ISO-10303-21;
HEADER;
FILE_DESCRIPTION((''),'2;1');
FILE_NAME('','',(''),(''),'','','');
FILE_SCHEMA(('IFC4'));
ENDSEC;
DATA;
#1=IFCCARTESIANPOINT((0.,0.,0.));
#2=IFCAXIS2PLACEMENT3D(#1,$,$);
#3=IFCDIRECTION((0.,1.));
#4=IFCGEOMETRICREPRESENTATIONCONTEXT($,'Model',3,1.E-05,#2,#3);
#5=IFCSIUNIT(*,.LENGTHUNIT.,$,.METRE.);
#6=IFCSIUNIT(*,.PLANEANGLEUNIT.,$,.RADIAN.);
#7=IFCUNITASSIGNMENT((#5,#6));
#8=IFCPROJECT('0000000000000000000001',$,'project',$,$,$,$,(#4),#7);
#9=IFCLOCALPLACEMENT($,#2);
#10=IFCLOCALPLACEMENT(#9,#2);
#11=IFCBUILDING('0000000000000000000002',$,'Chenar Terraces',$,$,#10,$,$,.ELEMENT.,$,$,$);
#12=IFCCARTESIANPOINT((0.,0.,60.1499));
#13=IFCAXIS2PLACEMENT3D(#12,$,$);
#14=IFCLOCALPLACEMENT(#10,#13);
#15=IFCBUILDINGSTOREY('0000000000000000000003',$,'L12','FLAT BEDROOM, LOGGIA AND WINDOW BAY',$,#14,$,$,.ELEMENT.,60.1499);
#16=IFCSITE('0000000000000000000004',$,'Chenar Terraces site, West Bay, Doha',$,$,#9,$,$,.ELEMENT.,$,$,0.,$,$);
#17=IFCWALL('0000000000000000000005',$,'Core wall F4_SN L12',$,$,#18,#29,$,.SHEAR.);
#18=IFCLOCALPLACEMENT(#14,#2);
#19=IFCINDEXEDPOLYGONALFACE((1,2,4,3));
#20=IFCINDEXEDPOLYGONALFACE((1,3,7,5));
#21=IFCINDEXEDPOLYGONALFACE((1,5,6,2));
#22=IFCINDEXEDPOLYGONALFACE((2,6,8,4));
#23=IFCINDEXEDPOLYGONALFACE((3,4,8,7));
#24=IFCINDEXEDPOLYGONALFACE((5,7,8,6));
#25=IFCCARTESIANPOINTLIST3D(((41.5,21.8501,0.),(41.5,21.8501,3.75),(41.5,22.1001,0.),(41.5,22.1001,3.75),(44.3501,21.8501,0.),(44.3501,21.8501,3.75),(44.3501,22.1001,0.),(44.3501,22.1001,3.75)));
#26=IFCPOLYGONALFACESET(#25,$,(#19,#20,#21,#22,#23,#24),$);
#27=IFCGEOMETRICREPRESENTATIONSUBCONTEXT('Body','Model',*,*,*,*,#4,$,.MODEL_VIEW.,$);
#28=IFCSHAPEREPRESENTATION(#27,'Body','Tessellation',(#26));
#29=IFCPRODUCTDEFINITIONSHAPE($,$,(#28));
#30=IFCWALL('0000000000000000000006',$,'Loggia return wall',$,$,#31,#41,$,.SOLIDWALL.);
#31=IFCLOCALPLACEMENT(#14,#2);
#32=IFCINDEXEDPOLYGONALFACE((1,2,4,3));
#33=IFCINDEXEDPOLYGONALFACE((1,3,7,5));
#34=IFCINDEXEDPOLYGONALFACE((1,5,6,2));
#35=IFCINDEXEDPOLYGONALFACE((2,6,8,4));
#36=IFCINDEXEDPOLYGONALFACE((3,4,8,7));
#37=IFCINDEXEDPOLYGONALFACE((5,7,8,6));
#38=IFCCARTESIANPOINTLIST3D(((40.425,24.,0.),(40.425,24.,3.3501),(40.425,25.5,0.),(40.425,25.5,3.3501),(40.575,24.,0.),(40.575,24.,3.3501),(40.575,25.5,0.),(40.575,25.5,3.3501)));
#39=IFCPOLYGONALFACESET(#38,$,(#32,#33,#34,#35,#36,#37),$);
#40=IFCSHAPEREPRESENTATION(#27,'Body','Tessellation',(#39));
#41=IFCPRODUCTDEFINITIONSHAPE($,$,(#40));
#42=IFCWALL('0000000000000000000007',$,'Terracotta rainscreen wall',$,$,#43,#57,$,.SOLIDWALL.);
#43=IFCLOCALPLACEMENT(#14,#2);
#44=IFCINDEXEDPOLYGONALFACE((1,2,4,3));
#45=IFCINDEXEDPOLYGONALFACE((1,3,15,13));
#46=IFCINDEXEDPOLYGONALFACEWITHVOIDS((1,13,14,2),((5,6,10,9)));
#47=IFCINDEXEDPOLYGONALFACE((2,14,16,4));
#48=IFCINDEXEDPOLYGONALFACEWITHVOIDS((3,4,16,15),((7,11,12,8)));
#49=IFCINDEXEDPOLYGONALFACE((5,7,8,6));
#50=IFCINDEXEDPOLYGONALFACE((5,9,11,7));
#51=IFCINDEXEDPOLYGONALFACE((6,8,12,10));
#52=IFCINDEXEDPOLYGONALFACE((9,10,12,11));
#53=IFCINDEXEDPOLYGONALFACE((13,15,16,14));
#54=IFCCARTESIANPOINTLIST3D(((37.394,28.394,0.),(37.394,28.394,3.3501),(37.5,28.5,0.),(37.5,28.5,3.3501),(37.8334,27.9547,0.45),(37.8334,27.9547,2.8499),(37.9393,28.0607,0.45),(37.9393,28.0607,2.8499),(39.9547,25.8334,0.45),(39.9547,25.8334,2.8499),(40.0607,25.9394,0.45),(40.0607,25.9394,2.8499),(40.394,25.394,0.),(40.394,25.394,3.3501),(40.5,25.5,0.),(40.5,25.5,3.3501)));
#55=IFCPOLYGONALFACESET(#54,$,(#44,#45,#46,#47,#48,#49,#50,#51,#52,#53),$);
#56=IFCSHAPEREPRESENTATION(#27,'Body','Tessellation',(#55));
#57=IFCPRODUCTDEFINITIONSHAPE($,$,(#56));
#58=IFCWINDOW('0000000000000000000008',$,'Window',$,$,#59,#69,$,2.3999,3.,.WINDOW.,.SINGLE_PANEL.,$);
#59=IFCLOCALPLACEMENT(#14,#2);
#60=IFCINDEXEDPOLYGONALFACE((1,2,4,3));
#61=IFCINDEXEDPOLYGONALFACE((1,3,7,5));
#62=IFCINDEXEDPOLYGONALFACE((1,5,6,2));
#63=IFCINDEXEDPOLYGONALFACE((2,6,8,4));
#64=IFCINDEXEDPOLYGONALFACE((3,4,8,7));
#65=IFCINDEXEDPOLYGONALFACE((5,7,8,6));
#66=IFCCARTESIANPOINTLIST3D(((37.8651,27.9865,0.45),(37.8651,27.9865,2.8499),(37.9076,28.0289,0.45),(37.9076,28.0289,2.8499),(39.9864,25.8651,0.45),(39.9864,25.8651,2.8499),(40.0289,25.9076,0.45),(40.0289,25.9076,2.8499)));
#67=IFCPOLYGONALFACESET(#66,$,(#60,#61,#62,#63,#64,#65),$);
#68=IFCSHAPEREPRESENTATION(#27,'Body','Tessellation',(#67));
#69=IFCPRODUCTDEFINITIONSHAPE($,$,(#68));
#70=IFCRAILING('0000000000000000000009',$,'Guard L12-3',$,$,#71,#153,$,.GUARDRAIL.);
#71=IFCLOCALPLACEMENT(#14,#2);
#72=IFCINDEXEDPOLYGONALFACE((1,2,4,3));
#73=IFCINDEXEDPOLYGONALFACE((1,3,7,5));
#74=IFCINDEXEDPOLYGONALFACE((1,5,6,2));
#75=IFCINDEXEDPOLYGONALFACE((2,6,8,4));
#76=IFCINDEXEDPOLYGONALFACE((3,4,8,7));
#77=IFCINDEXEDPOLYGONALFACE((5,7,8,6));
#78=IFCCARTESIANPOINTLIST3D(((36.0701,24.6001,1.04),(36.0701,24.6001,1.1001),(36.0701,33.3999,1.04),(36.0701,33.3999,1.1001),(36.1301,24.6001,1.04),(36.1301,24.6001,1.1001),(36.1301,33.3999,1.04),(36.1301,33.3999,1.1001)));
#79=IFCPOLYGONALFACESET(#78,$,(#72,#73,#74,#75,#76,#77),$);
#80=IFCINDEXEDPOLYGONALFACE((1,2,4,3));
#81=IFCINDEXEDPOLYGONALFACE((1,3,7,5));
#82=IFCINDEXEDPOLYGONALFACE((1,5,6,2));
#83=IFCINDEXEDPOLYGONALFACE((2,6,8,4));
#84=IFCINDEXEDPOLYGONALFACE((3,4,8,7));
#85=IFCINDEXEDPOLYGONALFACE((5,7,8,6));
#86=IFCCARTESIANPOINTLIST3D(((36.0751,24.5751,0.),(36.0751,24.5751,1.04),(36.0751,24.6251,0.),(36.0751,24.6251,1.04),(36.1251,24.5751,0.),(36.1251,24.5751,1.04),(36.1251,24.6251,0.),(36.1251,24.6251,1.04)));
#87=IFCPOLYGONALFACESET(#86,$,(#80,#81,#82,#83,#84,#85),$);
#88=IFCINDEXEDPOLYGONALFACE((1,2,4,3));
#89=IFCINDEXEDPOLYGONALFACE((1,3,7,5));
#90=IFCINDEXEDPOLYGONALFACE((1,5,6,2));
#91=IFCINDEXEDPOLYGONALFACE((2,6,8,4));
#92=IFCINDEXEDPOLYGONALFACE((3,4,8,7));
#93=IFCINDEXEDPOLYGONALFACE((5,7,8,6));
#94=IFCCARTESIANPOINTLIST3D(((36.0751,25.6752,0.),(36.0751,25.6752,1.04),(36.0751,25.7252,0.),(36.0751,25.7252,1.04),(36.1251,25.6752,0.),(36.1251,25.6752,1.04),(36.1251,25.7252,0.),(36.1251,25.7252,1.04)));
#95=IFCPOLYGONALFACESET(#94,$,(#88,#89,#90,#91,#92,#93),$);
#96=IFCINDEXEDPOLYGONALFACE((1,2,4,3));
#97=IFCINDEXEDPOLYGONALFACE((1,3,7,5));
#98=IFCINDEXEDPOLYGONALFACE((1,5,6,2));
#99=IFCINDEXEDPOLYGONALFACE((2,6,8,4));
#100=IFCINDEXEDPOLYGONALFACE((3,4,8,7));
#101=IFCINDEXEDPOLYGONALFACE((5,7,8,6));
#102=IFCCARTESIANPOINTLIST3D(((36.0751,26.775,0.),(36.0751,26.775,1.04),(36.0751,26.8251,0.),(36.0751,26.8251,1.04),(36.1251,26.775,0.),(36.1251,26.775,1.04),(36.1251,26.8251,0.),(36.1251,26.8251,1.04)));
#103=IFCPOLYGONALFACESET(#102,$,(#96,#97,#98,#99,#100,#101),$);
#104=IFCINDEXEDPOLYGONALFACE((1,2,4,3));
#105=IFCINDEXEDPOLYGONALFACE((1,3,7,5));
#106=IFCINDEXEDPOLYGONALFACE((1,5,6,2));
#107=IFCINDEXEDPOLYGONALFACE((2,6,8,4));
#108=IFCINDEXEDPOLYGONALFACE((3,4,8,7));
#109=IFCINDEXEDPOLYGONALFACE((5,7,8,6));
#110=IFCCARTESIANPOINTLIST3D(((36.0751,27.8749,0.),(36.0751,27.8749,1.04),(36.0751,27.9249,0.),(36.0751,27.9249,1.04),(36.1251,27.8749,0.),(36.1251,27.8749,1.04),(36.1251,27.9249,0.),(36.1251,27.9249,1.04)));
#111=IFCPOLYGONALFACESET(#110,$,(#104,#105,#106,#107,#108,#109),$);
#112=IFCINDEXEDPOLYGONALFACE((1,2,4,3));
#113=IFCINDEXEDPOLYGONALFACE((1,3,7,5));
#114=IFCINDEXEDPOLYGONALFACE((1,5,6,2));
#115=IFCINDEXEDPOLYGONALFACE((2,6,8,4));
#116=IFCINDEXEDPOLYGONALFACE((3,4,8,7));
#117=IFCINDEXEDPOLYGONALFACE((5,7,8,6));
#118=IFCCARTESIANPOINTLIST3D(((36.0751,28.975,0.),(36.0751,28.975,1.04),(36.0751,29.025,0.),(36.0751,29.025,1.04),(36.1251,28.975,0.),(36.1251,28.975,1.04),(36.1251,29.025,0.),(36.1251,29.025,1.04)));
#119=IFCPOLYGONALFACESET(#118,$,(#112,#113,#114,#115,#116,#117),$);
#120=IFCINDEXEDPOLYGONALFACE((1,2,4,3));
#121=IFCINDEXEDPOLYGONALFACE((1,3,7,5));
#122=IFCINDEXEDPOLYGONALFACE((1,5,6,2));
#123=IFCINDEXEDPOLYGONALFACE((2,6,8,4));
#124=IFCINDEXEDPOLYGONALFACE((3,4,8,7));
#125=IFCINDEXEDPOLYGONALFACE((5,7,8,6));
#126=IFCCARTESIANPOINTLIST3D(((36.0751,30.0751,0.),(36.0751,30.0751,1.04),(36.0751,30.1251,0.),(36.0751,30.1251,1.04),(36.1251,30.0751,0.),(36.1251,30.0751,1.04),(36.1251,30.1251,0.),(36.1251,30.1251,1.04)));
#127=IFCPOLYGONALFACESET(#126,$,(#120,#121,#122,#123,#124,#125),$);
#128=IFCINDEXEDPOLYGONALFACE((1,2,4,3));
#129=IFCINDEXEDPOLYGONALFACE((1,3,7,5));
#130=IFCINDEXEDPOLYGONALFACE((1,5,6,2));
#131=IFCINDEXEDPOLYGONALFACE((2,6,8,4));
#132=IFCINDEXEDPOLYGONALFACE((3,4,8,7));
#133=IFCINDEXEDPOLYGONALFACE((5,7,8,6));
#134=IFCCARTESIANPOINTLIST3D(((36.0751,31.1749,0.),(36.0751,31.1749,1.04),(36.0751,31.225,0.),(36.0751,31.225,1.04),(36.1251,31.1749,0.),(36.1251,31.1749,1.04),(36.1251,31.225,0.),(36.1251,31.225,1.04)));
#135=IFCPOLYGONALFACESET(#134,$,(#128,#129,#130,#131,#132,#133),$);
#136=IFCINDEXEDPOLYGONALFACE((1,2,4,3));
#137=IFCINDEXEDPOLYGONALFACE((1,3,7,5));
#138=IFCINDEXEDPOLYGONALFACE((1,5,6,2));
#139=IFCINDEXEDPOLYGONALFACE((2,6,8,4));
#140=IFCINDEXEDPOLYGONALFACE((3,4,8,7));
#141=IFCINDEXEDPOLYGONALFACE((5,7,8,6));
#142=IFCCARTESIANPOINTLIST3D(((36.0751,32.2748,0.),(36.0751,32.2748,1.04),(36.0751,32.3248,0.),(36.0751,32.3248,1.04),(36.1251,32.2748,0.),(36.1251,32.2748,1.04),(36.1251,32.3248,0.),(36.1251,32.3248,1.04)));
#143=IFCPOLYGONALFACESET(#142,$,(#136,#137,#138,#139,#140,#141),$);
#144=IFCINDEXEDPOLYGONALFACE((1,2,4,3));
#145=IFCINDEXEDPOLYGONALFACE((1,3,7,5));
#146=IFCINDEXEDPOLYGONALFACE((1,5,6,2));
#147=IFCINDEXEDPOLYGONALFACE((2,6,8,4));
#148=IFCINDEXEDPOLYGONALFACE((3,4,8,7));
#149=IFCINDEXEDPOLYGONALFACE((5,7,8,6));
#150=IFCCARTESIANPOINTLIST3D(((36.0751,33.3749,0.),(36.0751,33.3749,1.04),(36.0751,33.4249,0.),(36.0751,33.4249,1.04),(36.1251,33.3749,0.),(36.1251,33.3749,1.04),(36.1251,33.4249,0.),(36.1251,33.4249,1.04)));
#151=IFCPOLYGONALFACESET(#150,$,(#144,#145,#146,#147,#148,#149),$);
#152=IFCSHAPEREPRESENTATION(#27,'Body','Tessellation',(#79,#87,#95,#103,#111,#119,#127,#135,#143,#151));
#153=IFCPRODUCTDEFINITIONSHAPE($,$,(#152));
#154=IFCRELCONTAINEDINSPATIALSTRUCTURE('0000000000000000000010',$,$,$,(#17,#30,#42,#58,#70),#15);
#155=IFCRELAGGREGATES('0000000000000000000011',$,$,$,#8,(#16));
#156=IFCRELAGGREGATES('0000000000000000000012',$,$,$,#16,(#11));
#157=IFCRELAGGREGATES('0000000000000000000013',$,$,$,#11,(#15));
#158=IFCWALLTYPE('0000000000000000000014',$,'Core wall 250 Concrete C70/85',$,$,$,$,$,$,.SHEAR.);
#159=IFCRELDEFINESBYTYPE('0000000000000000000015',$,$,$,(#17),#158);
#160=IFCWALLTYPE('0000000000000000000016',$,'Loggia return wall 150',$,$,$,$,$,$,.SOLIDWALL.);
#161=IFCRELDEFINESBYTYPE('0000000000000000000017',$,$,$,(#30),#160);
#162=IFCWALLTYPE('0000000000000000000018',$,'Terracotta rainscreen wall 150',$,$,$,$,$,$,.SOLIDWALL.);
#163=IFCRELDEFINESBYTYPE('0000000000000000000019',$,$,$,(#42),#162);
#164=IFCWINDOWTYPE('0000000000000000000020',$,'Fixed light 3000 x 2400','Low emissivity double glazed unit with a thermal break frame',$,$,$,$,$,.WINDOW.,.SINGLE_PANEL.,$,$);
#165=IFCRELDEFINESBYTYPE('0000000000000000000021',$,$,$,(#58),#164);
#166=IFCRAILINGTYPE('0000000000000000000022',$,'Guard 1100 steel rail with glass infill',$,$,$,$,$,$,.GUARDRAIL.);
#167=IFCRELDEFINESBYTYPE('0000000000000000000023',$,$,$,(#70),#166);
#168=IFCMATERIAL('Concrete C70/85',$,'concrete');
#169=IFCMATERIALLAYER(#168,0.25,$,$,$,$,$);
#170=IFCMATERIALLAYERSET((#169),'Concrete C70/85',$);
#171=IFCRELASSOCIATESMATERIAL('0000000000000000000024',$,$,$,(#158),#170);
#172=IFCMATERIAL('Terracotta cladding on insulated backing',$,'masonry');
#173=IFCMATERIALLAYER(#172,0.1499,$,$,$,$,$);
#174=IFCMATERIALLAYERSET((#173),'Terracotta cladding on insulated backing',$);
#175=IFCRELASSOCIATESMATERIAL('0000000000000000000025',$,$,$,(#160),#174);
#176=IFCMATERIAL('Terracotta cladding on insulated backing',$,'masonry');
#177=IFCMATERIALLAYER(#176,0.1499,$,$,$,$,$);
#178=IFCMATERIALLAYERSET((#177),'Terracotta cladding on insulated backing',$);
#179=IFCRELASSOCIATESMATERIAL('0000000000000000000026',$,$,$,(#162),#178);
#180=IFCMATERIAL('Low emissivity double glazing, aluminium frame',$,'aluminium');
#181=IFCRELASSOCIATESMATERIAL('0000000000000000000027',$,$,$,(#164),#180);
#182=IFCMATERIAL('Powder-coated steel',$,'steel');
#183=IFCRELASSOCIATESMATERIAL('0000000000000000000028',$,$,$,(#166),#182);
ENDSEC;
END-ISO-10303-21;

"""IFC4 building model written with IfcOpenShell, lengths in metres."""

from ifc_helpers import new_model, si_unit, direction, frame, frame_2d, origin, origin_2d, place, context, subcontext, project, spatial, rectangle, extrude, material, layer, layer_set, type_object, element, fill, save


model = new_model("IFC4")

# Units and contexts
model_context = context("Model", 3, precision=1e-05, world=origin(), true_north=direction((0.0, 1.0)))
body_context = subcontext(model_context, "Body", "Model", "MODEL_VIEW")
ifc_project = project(units=[si_unit("LENGTHUNIT", "METRE"), si_unit("PLANEANGLEUNIT", "RADIAN")], contexts=[model_context])

# Site, building, storey
site_placement = place(None, origin())
site = spatial("IfcSite", under=ifc_project, at=site_placement, Name="Chenar Terraces site, West Bay, Doha", CompositionType="ELEMENT", RefElevation=0.0)
building_placement = place(site_placement, origin())
building = spatial("IfcBuilding", under=site, at=building_placement, Name="Chenar Terraces", CompositionType="ELEMENT")
storey_placement = place(building_placement, frame((0.0, 0.0, 60.1499)))
storey = spatial("IfcBuildingStorey", under=building, at=storey_placement, Name="L12", Description="FLAT BEDROOM, LOGGIA AND WINDOW BAY", CompositionType="ELEMENT", Elevation=60.1499)

# Walls
ifc_material_1 = material(Name="Concrete C70/85", Category="concrete")
ifc_layer_1 = layer(ifc_material_1, 0.25)
ifc_layer_set_1 = layer_set([ifc_layer_1], Name="Concrete C70/85")
wall_type_1 = type_object("IfcWallType", Name="Core wall 250 Concrete C70/85", PredefinedType="SHEAR", material=ifc_layer_set_1)
for number, where, z_axis, x_axis, name in (
    (1, (41.5, 21.9751, 0.0), (0.0, 0.0, 1.0), (1.0, 0.0, 0.0), "Core wall F4_SN L12"),
):
    element("IfcWall", number, at=place(storey_placement, frame(where, z_axis=z_axis, x_axis=x_axis)), inside=storey, type_object=wall_type_1, Name=name, PredefinedType="SHEAR", context=body_context, shape_type="SweptSolid", body=[
        extrude(rectangle(XDim=2.8501, YDim=0.25, at=frame_2d((1.425, 0.0))), origin(), (0.0, 0.0, 1.0), 3.75),
    ])
ifc_material_2 = material(Name="Terracotta cladding on insulated backing", Category="masonry")
ifc_layer_2 = layer(ifc_material_2, 0.1499)
ifc_layer_set_2 = layer_set([ifc_layer_2], Name="Terracotta cladding on insulated backing")
wall_type_2 = type_object("IfcWallType", Name="Loggia return wall 150", PredefinedType="SOLIDWALL", material=ifc_layer_set_2)
wall_1_placement = place(storey_placement, frame((40.5, 25.5, 0.0), z_axis=(0.0, 0.0, 1.0), x_axis=(0.0, -1.0, 0.0)))
element("IfcWall", 2, at=wall_1_placement, inside=storey, type_object=wall_type_2, Name="Loggia return wall", PredefinedType="SOLIDWALL", context=body_context, shape_type="SweptSolid", body=[
    extrude(rectangle(XDim=1.5, YDim=0.1499, at=frame_2d((0.75, 0.0))), origin(), (0.0, 0.0, 1.0), 3.3501),
])

# Wall, opening, window
ifc_material_3 = material(Name="Terracotta cladding on insulated backing", Category="masonry")
ifc_layer_3 = layer(ifc_material_3, 0.1499)
ifc_layer_set_3 = layer_set([ifc_layer_3], Name="Terracotta cladding on insulated backing")
wall_type_3 = type_object("IfcWallType", Name="Terracotta rainscreen wall 150", PredefinedType="SOLIDWALL", material=ifc_layer_set_3)
wall_2_placement = place(storey_placement, frame((40.447, 25.447, 0.0), z_axis=(0.0, 0.0, 1.0), x_axis=(-0.707107, 0.707107, 0.0)))
wall_2 = element("IfcWall", 3, at=wall_2_placement, inside=storey, type_object=wall_type_3, Name="Terracotta rainscreen wall", PredefinedType="SOLIDWALL", context=body_context, shape_type="SweptSolid", body=[
    extrude(rectangle(XDim=4.2427, YDim=0.1499, at=frame_2d((2.1213, 0.0))), origin(), (0.0, 0.0, 1.0), 3.3501),
])
opening_placement = place(wall_2_placement, frame((0.6213, 0.0, 0.45)))
opening = element("IfcOpeningElement", 4, at=opening_placement, cuts=wall_2, PredefinedType="OPENING", context=body_context, shape_type="SweptSolid", body=[
    extrude(rectangle(XDim=3.0, YDim=2.3999, at=frame_2d((1.5, 1.2))), frame((0.0, 0.085, 0.0), z_axis=(0.0, -1.0, 0.0), x_axis=(1.0, 0.0, 0.0)), (0.0, 0.0, 1.0), 0.1699),
])
ifc_material_4 = material(Name="Low emissivity double glazing, aluminium frame", Category="aluminium")
window_type = type_object("IfcWindowType", Name="Fixed light 3000 x 2400", Description="Low emissivity double glazed unit with a thermal break frame", PartitioningType="SINGLE_PANEL", PredefinedType="WINDOW", material=ifc_material_4)
window_placement = place(opening_placement, origin())
window = element("IfcWindow", 5, at=window_placement, inside=storey, type_object=window_type, Name="Window", OverallHeight=2.3999, OverallWidth=3.0, PartitioningType="SINGLE_PANEL", PredefinedType="WINDOW", context=body_context, shape_type="SweptSolid", body=[
    extrude(rectangle(XDim=3.0, YDim=2.3999, at=frame_2d((1.5, 1.2))), frame((0.0, 0.03, 0.0), z_axis=(0.0, -1.0, 0.0), x_axis=(1.0, 0.0, 0.0)), (0.0, 0.0, 1.0), 0.0601),
])
fill(opening, window)

# Railing
ifc_material_5 = material(Name="Powder-coated steel", Category="steel")
railing_type = type_object("IfcRailingType", Name="Guard 1100 steel rail with glass infill", PredefinedType="GUARDRAIL", material=ifc_material_5)
railing_placement = place(storey_placement, frame((36.1001, 24.6001, 0.0)))
element("IfcRailing", 6, at=railing_placement, inside=storey, type_object=railing_type, Name="Guard L12-3", PredefinedType="GUARDRAIL", context=body_context, shape_type="SweptSolid", body=[
    extrude(rectangle(XDim=0.0601, YDim=0.0601, at=origin_2d()), frame((0.0, 0.0, 1.0701), z_axis=(0.0, 1.0, 0.0), x_axis=(-1.0, 0.0, 0.0)), (0.0, 0.0, 1.0), 8.7998),
    extrude(rectangle(XDim=0.05, YDim=0.05, at=origin_2d()), origin(), (0.0, 0.0, 1.0), 1.04),
    extrude(rectangle(XDim=0.05, YDim=0.05, at=origin_2d()), frame((0.0, 1.1001, 0.0)), (0.0, 0.0, 1.0), 1.04),
    extrude(rectangle(XDim=0.05, YDim=0.05, at=origin_2d()), frame((0.0, 2.2, 0.0)), (0.0, 0.0, 1.0), 1.04),
    extrude(rectangle(XDim=0.05, YDim=0.05, at=origin_2d()), frame((0.0, 3.2998, 0.0)), (0.0, 0.0, 1.0), 1.04),
    extrude(rectangle(XDim=0.05, YDim=0.05, at=origin_2d()), frame((0.0, 4.3999, 0.0)), (0.0, 0.0, 1.0), 1.04),
    extrude(rectangle(XDim=0.05, YDim=0.05, at=origin_2d()), frame((0.0, 5.5, 0.0)), (0.0, 0.0, 1.0), 1.04),
    extrude(rectangle(XDim=0.05, YDim=0.05, at=origin_2d()), frame((0.0, 6.5999, 0.0)), (0.0, 0.0, 1.0), 1.04),
    extrude(rectangle(XDim=0.05, YDim=0.05, at=origin_2d()), frame((0.0, 7.6997, 0.0)), (0.0, 0.0, 1.0), 1.04),
    extrude(rectangle(XDim=0.05, YDim=0.05, at=origin_2d()), frame((0.0, 8.7998, 0.0)), (0.0, 0.0, 1.0), 1.04),
])

save(model, "model.ifc")
